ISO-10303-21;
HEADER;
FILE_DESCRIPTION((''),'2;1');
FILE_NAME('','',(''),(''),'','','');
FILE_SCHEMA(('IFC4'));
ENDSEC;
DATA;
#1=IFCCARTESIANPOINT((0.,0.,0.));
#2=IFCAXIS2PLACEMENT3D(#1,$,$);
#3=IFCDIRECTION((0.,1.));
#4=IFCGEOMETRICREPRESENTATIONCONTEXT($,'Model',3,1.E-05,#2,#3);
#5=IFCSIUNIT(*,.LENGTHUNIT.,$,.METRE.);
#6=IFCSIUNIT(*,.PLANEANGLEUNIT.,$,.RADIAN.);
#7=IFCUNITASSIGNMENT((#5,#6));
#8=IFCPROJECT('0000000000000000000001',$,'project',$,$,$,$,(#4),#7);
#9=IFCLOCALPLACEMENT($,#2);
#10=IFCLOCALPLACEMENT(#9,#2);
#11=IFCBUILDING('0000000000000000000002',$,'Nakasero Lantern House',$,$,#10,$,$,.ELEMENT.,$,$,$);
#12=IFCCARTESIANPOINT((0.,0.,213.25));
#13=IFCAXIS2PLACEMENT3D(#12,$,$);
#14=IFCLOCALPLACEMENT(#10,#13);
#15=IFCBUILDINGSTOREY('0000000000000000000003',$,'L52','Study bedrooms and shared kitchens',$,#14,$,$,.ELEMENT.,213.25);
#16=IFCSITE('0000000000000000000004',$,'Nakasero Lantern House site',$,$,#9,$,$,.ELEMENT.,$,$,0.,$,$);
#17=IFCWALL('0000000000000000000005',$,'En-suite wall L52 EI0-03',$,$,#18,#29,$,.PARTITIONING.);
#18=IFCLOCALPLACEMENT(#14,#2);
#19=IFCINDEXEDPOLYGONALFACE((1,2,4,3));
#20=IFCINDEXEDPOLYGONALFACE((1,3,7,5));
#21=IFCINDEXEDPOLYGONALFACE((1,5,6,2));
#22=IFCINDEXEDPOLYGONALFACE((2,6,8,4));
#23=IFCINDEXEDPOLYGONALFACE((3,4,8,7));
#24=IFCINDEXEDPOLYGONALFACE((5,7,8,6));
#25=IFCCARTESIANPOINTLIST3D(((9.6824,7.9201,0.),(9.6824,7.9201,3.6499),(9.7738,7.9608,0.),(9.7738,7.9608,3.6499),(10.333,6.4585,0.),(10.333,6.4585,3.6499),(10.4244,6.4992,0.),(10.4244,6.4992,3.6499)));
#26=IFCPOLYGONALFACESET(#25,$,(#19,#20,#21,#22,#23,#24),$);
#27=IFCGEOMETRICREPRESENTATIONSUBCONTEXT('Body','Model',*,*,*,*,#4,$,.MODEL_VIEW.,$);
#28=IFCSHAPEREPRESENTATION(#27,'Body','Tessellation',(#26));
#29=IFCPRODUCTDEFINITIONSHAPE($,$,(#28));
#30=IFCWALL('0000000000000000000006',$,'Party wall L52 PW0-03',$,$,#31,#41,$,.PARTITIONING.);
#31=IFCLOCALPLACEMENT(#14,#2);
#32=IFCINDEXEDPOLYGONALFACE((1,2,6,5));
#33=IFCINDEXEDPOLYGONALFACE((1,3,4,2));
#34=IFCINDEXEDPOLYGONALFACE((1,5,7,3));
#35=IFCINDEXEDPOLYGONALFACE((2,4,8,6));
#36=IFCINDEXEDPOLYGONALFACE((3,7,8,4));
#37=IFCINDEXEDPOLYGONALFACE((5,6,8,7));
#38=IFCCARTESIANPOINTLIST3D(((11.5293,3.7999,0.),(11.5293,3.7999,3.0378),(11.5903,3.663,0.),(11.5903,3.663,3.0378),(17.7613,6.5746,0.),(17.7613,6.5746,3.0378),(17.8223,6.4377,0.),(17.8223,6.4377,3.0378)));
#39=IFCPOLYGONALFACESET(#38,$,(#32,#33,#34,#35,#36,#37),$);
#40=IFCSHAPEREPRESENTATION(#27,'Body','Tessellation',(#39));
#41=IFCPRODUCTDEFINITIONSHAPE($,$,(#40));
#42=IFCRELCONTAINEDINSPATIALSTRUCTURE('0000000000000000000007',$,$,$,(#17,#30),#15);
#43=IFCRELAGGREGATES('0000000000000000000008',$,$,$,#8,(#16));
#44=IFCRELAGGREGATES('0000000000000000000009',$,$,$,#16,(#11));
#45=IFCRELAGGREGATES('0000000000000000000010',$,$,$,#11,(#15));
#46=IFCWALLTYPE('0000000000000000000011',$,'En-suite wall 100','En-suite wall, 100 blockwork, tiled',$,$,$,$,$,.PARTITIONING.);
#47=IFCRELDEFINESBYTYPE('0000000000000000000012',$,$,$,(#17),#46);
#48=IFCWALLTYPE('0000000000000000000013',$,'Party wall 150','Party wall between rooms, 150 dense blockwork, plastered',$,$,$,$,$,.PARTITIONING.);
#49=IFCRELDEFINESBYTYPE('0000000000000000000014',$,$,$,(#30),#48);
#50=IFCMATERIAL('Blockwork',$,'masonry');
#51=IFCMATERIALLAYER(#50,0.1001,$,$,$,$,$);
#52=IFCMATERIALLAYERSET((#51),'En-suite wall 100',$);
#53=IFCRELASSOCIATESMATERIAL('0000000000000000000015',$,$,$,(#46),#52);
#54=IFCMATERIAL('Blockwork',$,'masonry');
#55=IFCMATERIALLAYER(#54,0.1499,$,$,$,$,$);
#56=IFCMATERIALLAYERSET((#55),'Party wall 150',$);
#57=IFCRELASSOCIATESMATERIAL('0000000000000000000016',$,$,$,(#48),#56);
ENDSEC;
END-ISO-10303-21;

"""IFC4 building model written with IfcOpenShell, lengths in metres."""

from ifc_helpers import new_model, si_unit, direction, frame, frame_2d, origin, place, context, subcontext, project, spatial, rectangle, extrude, material, layer, layer_set, type_object, element, save


model = new_model("IFC4")

# Units and contexts
model_context = context("Model", 3, precision=1e-05, world=origin(), true_north=direction((0.0, 1.0)))
body_context = subcontext(model_context, "Body", "Model", "MODEL_VIEW")
ifc_project = project(units=[si_unit("LENGTHUNIT", "METRE"), si_unit("PLANEANGLEUNIT", "RADIAN")], contexts=[model_context])

# Site, building, storey
site_placement = place(None, origin())
site = spatial("IfcSite", under=ifc_project, at=site_placement, Name="Nakasero Lantern House site", CompositionType="ELEMENT", RefElevation=0.0)
building_placement = place(site_placement, origin())
building = spatial("IfcBuilding", under=site, at=building_placement, Name="Nakasero Lantern House", CompositionType="ELEMENT")
storey_placement = place(building_placement, frame((0.0, 0.0, 213.25)))
storey = spatial("IfcBuildingStorey", under=building, at=storey_placement, Name="L52", Description="Study bedrooms and shared kitchens", CompositionType="ELEMENT", Elevation=213.25)

# Shared definitions
ifc_material_1 = material(Name="Blockwork", Category="masonry")
ifc_layer_1 = layer(ifc_material_1, 0.1001)
ifc_layer_set_1 = layer_set([ifc_layer_1], Name="En-suite wall 100")
wall_type_1 = type_object("IfcWallType", Name="En-suite wall 100", Description="En-suite wall, 100 blockwork, tiled", PredefinedType="PARTITIONING", material=ifc_layer_set_1)

# Walls
for number, where, z_axis, x_axis, name in (
    (1, (10.3787, 6.479, 0.0), (0.0, 0.0, 1.0), (-0.406662, 0.913579, 0.0), "En-suite wall L52 EI0-03"),
):
    element("IfcWall", number, at=place(storey_placement, frame(where, z_axis=z_axis, x_axis=x_axis)), inside=storey, type_object=wall_type_1, Name=name, PredefinedType="PARTITIONING", context=body_context, shape_type="SweptSolid", body=[
        extrude(rectangle(XDim=1.5999, YDim=0.1001, at=frame_2d((0.7998, 0.0))), origin(), (0.0, 0.0, 1.0), 3.6499),
    ])
ifc_material_2 = material(Name="Blockwork", Category="masonry")
ifc_layer_2 = layer(ifc_material_2, 0.1499)
ifc_layer_set_2 = layer_set([ifc_layer_2], Name="Party wall 150")
wall_type_2 = type_object("IfcWallType", Name="Party wall 150", Description="Party wall between rooms, 150 dense blockwork, plastered", PredefinedType="PARTITIONING", material=ifc_layer_set_2)
wall_1_placement = place(storey_placement, frame((11.5598, 3.7314, 0.0), z_axis=(0.0, 0.0, 1.0), x_axis=(0.913544, 0.406739, 0.0)))
element("IfcWall", 2, at=wall_1_placement, inside=storey, type_object=wall_type_2, Name="Party wall L52 PW0-03", PredefinedType="PARTITIONING", context=body_context, shape_type="SweptSolid", body=[
    extrude(rectangle(XDim=6.8218, YDim=0.1499, at=frame_2d((3.4109, 0.0))), origin(), (0.0, 0.0, 1.0), 3.0378),
])

save(model, "model.ifc")
